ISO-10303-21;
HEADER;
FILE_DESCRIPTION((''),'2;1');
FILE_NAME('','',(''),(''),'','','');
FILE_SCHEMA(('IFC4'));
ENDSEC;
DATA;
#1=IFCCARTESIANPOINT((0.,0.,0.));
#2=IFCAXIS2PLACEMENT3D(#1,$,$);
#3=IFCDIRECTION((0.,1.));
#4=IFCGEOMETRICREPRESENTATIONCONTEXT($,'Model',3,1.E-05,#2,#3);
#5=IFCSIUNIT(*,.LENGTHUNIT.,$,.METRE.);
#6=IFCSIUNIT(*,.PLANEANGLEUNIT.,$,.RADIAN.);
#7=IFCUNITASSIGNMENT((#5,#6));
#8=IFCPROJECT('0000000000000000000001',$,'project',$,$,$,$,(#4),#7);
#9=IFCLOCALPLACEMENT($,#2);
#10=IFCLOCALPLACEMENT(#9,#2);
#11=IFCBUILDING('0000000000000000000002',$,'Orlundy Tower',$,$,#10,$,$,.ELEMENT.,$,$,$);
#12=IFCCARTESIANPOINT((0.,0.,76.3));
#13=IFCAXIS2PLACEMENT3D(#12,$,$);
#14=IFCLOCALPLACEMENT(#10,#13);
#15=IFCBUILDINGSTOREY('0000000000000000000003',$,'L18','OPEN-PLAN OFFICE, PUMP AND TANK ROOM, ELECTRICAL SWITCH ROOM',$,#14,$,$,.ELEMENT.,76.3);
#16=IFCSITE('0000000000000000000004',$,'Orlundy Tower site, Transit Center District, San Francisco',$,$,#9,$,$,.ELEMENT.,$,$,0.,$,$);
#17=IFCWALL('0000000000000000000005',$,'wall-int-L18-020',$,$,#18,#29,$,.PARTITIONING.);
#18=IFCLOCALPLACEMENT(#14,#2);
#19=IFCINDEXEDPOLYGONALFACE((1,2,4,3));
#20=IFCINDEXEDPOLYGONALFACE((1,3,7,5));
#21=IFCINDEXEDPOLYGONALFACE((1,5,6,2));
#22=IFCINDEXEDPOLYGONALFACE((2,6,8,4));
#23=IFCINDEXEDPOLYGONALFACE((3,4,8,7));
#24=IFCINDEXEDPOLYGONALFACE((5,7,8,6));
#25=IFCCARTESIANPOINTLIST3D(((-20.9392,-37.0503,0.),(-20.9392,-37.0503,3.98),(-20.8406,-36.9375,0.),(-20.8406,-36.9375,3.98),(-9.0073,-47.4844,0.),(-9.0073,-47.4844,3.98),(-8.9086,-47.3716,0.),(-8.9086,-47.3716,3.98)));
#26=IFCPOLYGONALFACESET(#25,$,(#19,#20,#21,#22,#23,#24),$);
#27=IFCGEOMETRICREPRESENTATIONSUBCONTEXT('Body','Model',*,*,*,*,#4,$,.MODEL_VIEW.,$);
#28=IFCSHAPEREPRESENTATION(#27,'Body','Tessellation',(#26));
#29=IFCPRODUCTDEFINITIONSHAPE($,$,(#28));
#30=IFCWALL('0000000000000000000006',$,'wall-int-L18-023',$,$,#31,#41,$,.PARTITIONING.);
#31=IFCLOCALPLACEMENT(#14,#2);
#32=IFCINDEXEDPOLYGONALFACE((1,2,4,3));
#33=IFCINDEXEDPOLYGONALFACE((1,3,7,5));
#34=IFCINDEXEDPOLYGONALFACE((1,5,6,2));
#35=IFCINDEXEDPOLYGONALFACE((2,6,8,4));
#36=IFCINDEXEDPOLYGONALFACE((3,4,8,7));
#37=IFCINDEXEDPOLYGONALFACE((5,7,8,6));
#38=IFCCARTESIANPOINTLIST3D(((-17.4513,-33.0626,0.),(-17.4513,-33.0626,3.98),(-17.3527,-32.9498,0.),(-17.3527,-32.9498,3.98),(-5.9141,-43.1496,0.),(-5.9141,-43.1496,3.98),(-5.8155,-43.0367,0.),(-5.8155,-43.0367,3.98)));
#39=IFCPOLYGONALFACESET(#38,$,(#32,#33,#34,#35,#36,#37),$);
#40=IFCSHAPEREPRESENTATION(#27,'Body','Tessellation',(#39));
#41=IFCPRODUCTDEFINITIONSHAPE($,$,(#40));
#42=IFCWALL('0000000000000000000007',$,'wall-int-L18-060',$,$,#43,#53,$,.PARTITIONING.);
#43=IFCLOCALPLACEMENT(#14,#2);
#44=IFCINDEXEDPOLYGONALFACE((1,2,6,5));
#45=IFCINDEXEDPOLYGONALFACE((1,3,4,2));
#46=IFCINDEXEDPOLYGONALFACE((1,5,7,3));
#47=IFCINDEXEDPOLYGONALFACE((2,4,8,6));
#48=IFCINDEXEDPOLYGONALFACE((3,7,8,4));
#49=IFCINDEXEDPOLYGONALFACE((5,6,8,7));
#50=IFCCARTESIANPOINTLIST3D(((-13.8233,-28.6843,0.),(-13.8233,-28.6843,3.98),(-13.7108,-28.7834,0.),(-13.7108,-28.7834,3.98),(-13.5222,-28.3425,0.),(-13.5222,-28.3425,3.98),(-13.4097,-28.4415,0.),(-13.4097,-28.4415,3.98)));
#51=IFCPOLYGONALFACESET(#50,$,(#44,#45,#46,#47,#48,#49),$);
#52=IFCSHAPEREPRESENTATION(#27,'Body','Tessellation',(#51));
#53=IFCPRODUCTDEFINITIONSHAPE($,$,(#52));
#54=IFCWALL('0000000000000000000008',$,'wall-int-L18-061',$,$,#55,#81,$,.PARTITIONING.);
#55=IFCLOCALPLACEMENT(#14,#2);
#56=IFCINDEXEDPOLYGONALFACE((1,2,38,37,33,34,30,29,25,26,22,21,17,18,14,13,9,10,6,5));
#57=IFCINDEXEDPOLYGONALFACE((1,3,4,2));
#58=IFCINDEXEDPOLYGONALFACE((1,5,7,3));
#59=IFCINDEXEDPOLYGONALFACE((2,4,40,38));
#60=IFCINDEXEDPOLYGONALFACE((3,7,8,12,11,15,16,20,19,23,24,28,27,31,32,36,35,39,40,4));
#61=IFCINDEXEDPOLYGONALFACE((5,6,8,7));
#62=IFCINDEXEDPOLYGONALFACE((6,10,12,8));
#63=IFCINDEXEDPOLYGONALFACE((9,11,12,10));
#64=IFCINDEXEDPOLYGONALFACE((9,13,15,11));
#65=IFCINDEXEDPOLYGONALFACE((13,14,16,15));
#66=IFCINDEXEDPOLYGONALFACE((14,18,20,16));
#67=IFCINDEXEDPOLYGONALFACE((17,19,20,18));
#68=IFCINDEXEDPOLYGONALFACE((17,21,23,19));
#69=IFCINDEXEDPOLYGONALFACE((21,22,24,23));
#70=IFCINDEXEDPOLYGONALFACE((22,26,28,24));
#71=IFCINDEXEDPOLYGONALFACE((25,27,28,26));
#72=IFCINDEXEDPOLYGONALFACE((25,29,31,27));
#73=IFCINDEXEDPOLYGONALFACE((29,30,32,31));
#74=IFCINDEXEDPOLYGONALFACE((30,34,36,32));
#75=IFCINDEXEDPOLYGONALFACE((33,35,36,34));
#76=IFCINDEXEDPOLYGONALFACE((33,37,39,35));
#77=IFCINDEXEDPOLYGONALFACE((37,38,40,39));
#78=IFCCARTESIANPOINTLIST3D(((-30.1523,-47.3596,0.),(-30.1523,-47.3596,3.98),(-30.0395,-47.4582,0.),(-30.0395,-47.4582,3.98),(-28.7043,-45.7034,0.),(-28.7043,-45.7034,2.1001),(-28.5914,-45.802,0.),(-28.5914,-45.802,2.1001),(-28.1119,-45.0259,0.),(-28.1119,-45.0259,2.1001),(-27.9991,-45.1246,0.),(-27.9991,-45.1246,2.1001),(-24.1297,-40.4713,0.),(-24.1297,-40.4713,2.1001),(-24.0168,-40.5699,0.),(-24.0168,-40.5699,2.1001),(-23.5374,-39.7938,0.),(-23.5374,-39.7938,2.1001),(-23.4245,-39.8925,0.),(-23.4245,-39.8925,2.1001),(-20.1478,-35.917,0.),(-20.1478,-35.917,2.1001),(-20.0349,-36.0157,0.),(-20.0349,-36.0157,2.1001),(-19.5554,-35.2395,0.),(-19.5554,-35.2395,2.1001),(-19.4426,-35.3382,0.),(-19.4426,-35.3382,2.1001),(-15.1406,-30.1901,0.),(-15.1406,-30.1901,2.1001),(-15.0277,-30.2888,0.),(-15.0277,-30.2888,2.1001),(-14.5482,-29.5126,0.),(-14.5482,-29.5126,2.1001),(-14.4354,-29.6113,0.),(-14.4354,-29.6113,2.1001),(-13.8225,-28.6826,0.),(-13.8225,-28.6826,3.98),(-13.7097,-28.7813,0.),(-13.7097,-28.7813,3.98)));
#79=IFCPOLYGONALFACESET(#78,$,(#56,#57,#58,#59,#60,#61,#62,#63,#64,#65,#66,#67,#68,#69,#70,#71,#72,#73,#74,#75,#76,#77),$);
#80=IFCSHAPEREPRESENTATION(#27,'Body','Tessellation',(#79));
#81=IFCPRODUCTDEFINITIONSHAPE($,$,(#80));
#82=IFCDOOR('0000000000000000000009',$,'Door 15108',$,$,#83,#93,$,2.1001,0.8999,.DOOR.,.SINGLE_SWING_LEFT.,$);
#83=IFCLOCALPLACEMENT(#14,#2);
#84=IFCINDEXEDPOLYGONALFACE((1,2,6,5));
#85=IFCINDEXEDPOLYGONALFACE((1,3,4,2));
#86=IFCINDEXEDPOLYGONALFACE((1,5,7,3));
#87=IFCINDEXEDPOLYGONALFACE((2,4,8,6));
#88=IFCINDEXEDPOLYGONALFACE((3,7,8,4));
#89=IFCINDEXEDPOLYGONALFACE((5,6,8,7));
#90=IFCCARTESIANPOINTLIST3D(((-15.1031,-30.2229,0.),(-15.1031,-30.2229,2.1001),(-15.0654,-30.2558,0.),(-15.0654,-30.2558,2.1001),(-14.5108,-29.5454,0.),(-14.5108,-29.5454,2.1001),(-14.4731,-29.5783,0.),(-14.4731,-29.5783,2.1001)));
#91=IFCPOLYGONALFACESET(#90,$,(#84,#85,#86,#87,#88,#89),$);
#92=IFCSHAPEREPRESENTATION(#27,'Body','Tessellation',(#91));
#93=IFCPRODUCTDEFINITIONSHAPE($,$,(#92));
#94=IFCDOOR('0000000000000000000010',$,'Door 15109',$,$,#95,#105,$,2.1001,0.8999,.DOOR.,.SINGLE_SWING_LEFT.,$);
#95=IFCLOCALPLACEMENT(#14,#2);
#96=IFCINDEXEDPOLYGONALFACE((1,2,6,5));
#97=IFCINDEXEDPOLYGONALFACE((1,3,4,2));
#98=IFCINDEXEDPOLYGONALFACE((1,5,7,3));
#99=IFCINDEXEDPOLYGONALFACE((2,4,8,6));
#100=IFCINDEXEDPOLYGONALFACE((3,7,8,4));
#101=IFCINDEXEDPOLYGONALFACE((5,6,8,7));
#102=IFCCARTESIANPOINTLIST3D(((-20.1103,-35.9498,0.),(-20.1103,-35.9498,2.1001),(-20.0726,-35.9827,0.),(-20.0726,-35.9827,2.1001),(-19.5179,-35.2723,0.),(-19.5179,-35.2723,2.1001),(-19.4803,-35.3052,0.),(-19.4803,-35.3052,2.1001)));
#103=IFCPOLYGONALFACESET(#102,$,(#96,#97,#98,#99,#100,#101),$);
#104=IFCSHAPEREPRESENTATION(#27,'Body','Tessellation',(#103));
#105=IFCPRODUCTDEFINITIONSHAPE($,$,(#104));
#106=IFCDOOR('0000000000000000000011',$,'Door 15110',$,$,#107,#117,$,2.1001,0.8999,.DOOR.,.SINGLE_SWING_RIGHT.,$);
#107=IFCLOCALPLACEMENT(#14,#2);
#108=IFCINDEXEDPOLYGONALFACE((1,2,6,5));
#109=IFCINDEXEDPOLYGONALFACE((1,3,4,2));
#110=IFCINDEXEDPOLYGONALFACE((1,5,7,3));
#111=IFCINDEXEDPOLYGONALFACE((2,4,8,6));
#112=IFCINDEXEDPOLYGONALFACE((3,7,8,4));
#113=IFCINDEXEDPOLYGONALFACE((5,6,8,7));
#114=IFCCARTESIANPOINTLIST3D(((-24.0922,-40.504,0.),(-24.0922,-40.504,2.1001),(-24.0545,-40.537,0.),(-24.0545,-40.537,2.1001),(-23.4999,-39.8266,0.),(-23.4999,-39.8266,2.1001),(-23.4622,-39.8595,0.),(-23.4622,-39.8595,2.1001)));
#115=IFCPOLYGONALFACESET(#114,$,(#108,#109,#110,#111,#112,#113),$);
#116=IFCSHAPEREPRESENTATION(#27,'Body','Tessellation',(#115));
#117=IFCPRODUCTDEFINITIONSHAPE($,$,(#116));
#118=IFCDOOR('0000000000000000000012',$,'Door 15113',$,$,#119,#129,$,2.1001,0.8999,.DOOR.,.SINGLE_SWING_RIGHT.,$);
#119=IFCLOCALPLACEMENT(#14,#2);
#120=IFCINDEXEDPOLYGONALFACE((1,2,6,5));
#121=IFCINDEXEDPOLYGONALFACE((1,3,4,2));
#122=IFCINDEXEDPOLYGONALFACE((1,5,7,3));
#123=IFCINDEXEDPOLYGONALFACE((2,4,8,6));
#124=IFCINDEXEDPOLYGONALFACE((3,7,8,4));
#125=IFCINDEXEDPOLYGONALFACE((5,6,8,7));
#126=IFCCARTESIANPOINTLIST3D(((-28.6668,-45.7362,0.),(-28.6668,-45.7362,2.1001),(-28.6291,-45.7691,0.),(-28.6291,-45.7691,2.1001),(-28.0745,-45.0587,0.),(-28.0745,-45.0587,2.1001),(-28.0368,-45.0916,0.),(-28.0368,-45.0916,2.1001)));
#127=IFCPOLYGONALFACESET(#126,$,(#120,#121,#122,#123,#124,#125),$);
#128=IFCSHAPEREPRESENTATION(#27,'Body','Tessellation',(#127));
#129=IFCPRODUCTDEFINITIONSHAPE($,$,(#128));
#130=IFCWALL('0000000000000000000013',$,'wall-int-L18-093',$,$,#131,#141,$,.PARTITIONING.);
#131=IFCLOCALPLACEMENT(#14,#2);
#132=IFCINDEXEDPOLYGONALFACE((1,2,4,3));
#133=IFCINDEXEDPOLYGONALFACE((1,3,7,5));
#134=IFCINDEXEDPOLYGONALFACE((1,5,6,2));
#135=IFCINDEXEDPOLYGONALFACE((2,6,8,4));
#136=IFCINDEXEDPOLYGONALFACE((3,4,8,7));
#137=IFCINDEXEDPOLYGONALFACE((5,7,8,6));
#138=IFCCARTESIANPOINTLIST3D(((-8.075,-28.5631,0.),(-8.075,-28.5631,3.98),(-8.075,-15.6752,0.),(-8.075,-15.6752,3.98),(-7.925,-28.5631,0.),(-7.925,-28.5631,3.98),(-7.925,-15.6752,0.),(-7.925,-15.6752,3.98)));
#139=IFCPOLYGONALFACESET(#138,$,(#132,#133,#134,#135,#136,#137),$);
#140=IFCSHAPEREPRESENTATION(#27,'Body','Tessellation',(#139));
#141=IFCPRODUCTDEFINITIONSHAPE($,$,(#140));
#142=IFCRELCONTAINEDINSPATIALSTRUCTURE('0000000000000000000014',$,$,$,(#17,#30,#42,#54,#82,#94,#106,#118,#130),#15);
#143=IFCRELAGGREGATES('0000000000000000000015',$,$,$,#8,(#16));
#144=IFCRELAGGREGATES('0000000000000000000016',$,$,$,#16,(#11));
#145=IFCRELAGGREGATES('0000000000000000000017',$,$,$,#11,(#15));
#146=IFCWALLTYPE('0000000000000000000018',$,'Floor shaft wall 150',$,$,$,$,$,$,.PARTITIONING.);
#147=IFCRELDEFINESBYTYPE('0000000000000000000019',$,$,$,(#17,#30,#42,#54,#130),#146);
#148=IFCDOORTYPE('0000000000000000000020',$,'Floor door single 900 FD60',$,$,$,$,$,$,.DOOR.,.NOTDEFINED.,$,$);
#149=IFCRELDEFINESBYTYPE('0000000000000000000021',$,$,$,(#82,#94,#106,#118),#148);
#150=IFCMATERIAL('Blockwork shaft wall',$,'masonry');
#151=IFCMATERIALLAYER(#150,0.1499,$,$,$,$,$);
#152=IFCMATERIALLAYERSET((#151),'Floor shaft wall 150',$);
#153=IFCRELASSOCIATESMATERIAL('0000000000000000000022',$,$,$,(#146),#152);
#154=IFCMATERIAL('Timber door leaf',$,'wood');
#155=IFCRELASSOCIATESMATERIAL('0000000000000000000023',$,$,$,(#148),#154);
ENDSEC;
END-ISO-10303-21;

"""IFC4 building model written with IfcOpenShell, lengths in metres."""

from ifc_helpers import new_model, si_unit, direction, frame, frame_2d, origin, place, context, subcontext, project, spatial, rectangle, extrude, material, layer, layer_set, type_object, element, fill, save


model = new_model("IFC4")

# Units and contexts
model_context = context("Model", 3, precision=1e-05, world=origin(), true_north=direction((0.0, 1.0)))
body_context = subcontext(model_context, "Body", "Model", "MODEL_VIEW")
ifc_project = project(units=[si_unit("LENGTHUNIT", "METRE"), si_unit("PLANEANGLEUNIT", "RADIAN")], contexts=[model_context])

# Site, building, storey
site_placement = place(None, origin())
site = spatial("IfcSite", under=ifc_project, at=site_placement, Name="Orlundy Tower site, Transit Center District, San Francisco", CompositionType="ELEMENT", RefElevation=0.0)
building_placement = place(site_placement, origin())
building = spatial("IfcBuilding", under=site, at=building_placement, Name="Orlundy Tower", CompositionType="ELEMENT")
storey_placement = place(building_placement, frame((0.0, 0.0, 76.3)))
storey = spatial("IfcBuildingStorey", under=building, at=storey_placement, Name="L18", Description="OPEN-PLAN OFFICE, PUMP AND TANK ROOM, ELECTRICAL SWITCH ROOM", CompositionType="ELEMENT", Elevation=76.3)

# Walls
ifc_material_1 = material(Name="Blockwork shaft wall", Category="masonry")
ifc_layer_1 = layer(ifc_material_1, 0.1499)
ifc_layer_set_1 = layer_set([ifc_layer_1], Name="Floor shaft wall 150")
wall_type = type_object("IfcWallType", Name="Floor shaft wall 150", PredefinedType="PARTITIONING", material=ifc_layer_set_1)
wall_1_placement = place(storey_placement, frame((-20.8899, -36.9939, 0.0), z_axis=(0.0, 0.0, 1.0), x_axis=(0.752774, -0.658279, 0.0)))
element("IfcWall", 1, at=wall_1_placement, inside=storey, type_object=wall_type, Name="wall-int-L18-020", PredefinedType="PARTITIONING", context=body_context, shape_type="SweptSolid", body=[
    extrude(rectangle(XDim=15.8506, YDim=0.1499, at=frame_2d((7.9253, 0.0))), origin(), (0.0, 0.0, 1.0), 3.98),
])
wall_2_placement = place(storey_placement, frame((-17.4021, -33.0061, 0.0), z_axis=(0.0, 0.0, 1.0), x_axis=(0.752837, -0.658207, 0.0)))
element("IfcWall", 2, at=wall_2_placement, inside=storey, type_object=wall_type, Name="wall-int-L18-023", PredefinedType="PARTITIONING", context=body_context, shape_type="SweptSolid", body=[
    extrude(rectangle(XDim=15.325, YDim=0.1499, at=frame_2d((7.6626, 0.0))), origin(), (0.0, 0.0, 1.0), 3.98),
])
wall_3_placement = place(storey_placement, frame((-13.7671, -28.7339, 0.0), z_axis=(0.0, 0.0, 1.0), x_axis=(0.66093, 0.750448, 0.0)))
element("IfcWall", 3, at=wall_3_placement, inside=storey, type_object=wall_type, Name="wall-int-L18-060", PredefinedType="PARTITIONING", context=body_context, shape_type="SweptSolid", body=[
    extrude(rectangle(XDim=0.4556, YDim=0.1499, at=frame_2d((0.2278, 0.0))), origin(), (0.0, 0.0, 1.0), 3.98),
])

# Wall, openings, doors
wall_4_placement = place(storey_placement, frame((-13.7661, -28.7319, 0.0), z_axis=(0.0, 0.0, 1.0), x_axis=(-0.658218, -0.752827, 0.0)))
wall_4 = element("IfcWall", 4, at=wall_4_placement, inside=storey, type_object=wall_type, Name="wall-int-L18-061", PredefinedType="PARTITIONING", context=body_context, shape_type="SweptSolid", body=[
    extrude(rectangle(XDim=24.8091, YDim=0.1499, at=frame_2d((12.4045, 0.0))), origin(), (0.0, 0.0, 1.0), 3.98),
])
opening_1_placement = place(wall_4_placement, frame((1.1025, 0.0, 0.0)))
opening_1 = element("IfcOpeningElement", 5, at=opening_1_placement, cuts=wall_4, PredefinedType="OPENING", context=body_context, shape_type="SweptSolid", body=[
    extrude(rectangle(XDim=0.8999, YDim=2.1001, at=frame_2d((0.45, 1.05))), frame((0.0, 0.085, 0.0), z_axis=(0.0, -1.0, 0.0), x_axis=(1.0, 0.0, 0.0)), (0.0, 0.0, 1.0), 0.1699),
])
opening_2_placement = place(wall_4_placement, frame((8.7097, 0.0, 0.0)))
opening_2 = element("IfcOpeningElement", 6, at=opening_2_placement, cuts=wall_4, PredefinedType="OPENING", context=body_context, shape_type="SweptSolid", body=[
    extrude(rectangle(XDim=0.8999, YDim=2.1001, at=frame_2d((0.45, 1.05))), frame((0.0, 0.085, 0.0), z_axis=(0.0, -1.0, 0.0), x_axis=(1.0, 0.0, 0.0)), (0.0, 0.0, 1.0), 0.1699),
])
opening_3_placement = place(wall_4_placement, frame((14.7593, 0.0, 0.0)))
opening_3 = element("IfcOpeningElement", 7, at=opening_3_placement, cuts=wall_4, PredefinedType="OPENING", context=body_context, shape_type="SweptSolid", body=[
    extrude(rectangle(XDim=0.8999, YDim=2.1001, at=frame_2d((0.45, 1.05))), frame((0.0, 0.085, 0.0), z_axis=(0.0, -1.0, 0.0), x_axis=(1.0, 0.0, 0.0)), (0.0, 0.0, 1.0), 0.1699),
])
opening_4_placement = place(wall_4_placement, frame((21.7092, 0.0, 0.0)))
opening_4 = element("IfcOpeningElement", 8, at=opening_4_placement, cuts=wall_4, PredefinedType="OPENING", context=body_context, shape_type="SweptSolid", body=[
    extrude(rectangle(XDim=0.8999, YDim=2.1001, at=frame_2d((0.45, 1.05))), frame((0.0, 0.085, 0.0), z_axis=(0.0, -1.0, 0.0), x_axis=(1.0, 0.0, 0.0)), (0.0, 0.0, 1.0), 0.1699),
])
ifc_material_2 = material(Name="Timber door leaf", Category="wood")
door_type = type_object("IfcDoorType", Name="Floor door single 900 FD60", OperationType="NOTDEFINED", PredefinedType="DOOR", material=ifc_material_2)
door_1_placement = place(opening_1_placement, origin())
door_1 = element("IfcDoor", 9, at=door_1_placement, inside=storey, type_object=door_type, Name="Door 15108", OperationType="SINGLE_SWING_LEFT", OverallHeight=2.1001, OverallWidth=0.8999, PredefinedType="DOOR", context=body_context, shape_type="SweptSolid", body=[
    extrude(rectangle(XDim=0.8999, YDim=2.1001, at=frame_2d((0.45, 1.05))), frame((0.0, 0.0249, 0.0), z_axis=(0.0, -1.0, 0.0), x_axis=(1.0, 0.0, 0.0)), (0.0, 0.0, 1.0), 0.05),
])
fill(opening_1, door_1)
door_2_placement = place(opening_2_placement, origin())
door_2 = element("IfcDoor", 10, at=door_2_placement, inside=storey, type_object=door_type, Name="Door 15109", OperationType="SINGLE_SWING_LEFT", OverallHeight=2.1001, OverallWidth=0.8999, PredefinedType="DOOR", context=body_context, shape_type="SweptSolid", body=[
    extrude(rectangle(XDim=0.8999, YDim=2.1001, at=frame_2d((0.45, 1.05))), frame((0.0, 0.0249, 0.0), z_axis=(0.0, -1.0, 0.0), x_axis=(1.0, 0.0, 0.0)), (0.0, 0.0, 1.0), 0.05),
])
fill(opening_2, door_2)
door_3_placement = place(opening_3_placement, origin())
door_3 = element("IfcDoor", 11, at=door_3_placement, inside=storey, type_object=door_type, Name="Door 15110", OperationType="SINGLE_SWING_RIGHT", OverallHeight=2.1001, OverallWidth=0.8999, PredefinedType="DOOR", context=body_context, shape_type="SweptSolid", body=[
    extrude(rectangle(XDim=0.8999, YDim=2.1001, at=frame_2d((0.45, 1.05))), frame((0.0, 0.0249, 0.0), z_axis=(0.0, -1.0, 0.0), x_axis=(1.0, 0.0, 0.0)), (0.0, 0.0, 1.0), 0.05),
])
fill(opening_3, door_3)
door_4_placement = place(opening_4_placement, origin())
door_4 = element("IfcDoor", 12, at=door_4_placement, inside=storey, type_object=door_type, Name="Door 15113", OperationType="SINGLE_SWING_RIGHT", OverallHeight=2.1001, OverallWidth=0.8999, PredefinedType="DOOR", context=body_context, shape_type="SweptSolid", body=[
    extrude(rectangle(XDim=0.8999, YDim=2.1001, at=frame_2d((0.45, 1.05))), frame((0.0, 0.0249, 0.0), z_axis=(0.0, -1.0, 0.0), x_axis=(1.0, 0.0, 0.0)), (0.0, 0.0, 1.0), 0.05),
])
fill(opening_4, door_4)

# Wall
wall_5_placement = place(storey_placement, frame((-8.0, -28.563, 0.0), z_axis=(0.0, 0.0, 1.0), x_axis=(0.0, 1.0, 0.0)))
element("IfcWall", 13, at=wall_5_placement, inside=storey, type_object=wall_type, Name="wall-int-L18-093", PredefinedType="PARTITIONING", context=body_context, shape_type="SweptSolid", body=[
    extrude(rectangle(XDim=12.8879, YDim=0.1499, at=frame_2d((6.4438, 0.0))), origin(), (0.0, 0.0, 1.0), 3.98),
])

save(model, "model.ifc")
